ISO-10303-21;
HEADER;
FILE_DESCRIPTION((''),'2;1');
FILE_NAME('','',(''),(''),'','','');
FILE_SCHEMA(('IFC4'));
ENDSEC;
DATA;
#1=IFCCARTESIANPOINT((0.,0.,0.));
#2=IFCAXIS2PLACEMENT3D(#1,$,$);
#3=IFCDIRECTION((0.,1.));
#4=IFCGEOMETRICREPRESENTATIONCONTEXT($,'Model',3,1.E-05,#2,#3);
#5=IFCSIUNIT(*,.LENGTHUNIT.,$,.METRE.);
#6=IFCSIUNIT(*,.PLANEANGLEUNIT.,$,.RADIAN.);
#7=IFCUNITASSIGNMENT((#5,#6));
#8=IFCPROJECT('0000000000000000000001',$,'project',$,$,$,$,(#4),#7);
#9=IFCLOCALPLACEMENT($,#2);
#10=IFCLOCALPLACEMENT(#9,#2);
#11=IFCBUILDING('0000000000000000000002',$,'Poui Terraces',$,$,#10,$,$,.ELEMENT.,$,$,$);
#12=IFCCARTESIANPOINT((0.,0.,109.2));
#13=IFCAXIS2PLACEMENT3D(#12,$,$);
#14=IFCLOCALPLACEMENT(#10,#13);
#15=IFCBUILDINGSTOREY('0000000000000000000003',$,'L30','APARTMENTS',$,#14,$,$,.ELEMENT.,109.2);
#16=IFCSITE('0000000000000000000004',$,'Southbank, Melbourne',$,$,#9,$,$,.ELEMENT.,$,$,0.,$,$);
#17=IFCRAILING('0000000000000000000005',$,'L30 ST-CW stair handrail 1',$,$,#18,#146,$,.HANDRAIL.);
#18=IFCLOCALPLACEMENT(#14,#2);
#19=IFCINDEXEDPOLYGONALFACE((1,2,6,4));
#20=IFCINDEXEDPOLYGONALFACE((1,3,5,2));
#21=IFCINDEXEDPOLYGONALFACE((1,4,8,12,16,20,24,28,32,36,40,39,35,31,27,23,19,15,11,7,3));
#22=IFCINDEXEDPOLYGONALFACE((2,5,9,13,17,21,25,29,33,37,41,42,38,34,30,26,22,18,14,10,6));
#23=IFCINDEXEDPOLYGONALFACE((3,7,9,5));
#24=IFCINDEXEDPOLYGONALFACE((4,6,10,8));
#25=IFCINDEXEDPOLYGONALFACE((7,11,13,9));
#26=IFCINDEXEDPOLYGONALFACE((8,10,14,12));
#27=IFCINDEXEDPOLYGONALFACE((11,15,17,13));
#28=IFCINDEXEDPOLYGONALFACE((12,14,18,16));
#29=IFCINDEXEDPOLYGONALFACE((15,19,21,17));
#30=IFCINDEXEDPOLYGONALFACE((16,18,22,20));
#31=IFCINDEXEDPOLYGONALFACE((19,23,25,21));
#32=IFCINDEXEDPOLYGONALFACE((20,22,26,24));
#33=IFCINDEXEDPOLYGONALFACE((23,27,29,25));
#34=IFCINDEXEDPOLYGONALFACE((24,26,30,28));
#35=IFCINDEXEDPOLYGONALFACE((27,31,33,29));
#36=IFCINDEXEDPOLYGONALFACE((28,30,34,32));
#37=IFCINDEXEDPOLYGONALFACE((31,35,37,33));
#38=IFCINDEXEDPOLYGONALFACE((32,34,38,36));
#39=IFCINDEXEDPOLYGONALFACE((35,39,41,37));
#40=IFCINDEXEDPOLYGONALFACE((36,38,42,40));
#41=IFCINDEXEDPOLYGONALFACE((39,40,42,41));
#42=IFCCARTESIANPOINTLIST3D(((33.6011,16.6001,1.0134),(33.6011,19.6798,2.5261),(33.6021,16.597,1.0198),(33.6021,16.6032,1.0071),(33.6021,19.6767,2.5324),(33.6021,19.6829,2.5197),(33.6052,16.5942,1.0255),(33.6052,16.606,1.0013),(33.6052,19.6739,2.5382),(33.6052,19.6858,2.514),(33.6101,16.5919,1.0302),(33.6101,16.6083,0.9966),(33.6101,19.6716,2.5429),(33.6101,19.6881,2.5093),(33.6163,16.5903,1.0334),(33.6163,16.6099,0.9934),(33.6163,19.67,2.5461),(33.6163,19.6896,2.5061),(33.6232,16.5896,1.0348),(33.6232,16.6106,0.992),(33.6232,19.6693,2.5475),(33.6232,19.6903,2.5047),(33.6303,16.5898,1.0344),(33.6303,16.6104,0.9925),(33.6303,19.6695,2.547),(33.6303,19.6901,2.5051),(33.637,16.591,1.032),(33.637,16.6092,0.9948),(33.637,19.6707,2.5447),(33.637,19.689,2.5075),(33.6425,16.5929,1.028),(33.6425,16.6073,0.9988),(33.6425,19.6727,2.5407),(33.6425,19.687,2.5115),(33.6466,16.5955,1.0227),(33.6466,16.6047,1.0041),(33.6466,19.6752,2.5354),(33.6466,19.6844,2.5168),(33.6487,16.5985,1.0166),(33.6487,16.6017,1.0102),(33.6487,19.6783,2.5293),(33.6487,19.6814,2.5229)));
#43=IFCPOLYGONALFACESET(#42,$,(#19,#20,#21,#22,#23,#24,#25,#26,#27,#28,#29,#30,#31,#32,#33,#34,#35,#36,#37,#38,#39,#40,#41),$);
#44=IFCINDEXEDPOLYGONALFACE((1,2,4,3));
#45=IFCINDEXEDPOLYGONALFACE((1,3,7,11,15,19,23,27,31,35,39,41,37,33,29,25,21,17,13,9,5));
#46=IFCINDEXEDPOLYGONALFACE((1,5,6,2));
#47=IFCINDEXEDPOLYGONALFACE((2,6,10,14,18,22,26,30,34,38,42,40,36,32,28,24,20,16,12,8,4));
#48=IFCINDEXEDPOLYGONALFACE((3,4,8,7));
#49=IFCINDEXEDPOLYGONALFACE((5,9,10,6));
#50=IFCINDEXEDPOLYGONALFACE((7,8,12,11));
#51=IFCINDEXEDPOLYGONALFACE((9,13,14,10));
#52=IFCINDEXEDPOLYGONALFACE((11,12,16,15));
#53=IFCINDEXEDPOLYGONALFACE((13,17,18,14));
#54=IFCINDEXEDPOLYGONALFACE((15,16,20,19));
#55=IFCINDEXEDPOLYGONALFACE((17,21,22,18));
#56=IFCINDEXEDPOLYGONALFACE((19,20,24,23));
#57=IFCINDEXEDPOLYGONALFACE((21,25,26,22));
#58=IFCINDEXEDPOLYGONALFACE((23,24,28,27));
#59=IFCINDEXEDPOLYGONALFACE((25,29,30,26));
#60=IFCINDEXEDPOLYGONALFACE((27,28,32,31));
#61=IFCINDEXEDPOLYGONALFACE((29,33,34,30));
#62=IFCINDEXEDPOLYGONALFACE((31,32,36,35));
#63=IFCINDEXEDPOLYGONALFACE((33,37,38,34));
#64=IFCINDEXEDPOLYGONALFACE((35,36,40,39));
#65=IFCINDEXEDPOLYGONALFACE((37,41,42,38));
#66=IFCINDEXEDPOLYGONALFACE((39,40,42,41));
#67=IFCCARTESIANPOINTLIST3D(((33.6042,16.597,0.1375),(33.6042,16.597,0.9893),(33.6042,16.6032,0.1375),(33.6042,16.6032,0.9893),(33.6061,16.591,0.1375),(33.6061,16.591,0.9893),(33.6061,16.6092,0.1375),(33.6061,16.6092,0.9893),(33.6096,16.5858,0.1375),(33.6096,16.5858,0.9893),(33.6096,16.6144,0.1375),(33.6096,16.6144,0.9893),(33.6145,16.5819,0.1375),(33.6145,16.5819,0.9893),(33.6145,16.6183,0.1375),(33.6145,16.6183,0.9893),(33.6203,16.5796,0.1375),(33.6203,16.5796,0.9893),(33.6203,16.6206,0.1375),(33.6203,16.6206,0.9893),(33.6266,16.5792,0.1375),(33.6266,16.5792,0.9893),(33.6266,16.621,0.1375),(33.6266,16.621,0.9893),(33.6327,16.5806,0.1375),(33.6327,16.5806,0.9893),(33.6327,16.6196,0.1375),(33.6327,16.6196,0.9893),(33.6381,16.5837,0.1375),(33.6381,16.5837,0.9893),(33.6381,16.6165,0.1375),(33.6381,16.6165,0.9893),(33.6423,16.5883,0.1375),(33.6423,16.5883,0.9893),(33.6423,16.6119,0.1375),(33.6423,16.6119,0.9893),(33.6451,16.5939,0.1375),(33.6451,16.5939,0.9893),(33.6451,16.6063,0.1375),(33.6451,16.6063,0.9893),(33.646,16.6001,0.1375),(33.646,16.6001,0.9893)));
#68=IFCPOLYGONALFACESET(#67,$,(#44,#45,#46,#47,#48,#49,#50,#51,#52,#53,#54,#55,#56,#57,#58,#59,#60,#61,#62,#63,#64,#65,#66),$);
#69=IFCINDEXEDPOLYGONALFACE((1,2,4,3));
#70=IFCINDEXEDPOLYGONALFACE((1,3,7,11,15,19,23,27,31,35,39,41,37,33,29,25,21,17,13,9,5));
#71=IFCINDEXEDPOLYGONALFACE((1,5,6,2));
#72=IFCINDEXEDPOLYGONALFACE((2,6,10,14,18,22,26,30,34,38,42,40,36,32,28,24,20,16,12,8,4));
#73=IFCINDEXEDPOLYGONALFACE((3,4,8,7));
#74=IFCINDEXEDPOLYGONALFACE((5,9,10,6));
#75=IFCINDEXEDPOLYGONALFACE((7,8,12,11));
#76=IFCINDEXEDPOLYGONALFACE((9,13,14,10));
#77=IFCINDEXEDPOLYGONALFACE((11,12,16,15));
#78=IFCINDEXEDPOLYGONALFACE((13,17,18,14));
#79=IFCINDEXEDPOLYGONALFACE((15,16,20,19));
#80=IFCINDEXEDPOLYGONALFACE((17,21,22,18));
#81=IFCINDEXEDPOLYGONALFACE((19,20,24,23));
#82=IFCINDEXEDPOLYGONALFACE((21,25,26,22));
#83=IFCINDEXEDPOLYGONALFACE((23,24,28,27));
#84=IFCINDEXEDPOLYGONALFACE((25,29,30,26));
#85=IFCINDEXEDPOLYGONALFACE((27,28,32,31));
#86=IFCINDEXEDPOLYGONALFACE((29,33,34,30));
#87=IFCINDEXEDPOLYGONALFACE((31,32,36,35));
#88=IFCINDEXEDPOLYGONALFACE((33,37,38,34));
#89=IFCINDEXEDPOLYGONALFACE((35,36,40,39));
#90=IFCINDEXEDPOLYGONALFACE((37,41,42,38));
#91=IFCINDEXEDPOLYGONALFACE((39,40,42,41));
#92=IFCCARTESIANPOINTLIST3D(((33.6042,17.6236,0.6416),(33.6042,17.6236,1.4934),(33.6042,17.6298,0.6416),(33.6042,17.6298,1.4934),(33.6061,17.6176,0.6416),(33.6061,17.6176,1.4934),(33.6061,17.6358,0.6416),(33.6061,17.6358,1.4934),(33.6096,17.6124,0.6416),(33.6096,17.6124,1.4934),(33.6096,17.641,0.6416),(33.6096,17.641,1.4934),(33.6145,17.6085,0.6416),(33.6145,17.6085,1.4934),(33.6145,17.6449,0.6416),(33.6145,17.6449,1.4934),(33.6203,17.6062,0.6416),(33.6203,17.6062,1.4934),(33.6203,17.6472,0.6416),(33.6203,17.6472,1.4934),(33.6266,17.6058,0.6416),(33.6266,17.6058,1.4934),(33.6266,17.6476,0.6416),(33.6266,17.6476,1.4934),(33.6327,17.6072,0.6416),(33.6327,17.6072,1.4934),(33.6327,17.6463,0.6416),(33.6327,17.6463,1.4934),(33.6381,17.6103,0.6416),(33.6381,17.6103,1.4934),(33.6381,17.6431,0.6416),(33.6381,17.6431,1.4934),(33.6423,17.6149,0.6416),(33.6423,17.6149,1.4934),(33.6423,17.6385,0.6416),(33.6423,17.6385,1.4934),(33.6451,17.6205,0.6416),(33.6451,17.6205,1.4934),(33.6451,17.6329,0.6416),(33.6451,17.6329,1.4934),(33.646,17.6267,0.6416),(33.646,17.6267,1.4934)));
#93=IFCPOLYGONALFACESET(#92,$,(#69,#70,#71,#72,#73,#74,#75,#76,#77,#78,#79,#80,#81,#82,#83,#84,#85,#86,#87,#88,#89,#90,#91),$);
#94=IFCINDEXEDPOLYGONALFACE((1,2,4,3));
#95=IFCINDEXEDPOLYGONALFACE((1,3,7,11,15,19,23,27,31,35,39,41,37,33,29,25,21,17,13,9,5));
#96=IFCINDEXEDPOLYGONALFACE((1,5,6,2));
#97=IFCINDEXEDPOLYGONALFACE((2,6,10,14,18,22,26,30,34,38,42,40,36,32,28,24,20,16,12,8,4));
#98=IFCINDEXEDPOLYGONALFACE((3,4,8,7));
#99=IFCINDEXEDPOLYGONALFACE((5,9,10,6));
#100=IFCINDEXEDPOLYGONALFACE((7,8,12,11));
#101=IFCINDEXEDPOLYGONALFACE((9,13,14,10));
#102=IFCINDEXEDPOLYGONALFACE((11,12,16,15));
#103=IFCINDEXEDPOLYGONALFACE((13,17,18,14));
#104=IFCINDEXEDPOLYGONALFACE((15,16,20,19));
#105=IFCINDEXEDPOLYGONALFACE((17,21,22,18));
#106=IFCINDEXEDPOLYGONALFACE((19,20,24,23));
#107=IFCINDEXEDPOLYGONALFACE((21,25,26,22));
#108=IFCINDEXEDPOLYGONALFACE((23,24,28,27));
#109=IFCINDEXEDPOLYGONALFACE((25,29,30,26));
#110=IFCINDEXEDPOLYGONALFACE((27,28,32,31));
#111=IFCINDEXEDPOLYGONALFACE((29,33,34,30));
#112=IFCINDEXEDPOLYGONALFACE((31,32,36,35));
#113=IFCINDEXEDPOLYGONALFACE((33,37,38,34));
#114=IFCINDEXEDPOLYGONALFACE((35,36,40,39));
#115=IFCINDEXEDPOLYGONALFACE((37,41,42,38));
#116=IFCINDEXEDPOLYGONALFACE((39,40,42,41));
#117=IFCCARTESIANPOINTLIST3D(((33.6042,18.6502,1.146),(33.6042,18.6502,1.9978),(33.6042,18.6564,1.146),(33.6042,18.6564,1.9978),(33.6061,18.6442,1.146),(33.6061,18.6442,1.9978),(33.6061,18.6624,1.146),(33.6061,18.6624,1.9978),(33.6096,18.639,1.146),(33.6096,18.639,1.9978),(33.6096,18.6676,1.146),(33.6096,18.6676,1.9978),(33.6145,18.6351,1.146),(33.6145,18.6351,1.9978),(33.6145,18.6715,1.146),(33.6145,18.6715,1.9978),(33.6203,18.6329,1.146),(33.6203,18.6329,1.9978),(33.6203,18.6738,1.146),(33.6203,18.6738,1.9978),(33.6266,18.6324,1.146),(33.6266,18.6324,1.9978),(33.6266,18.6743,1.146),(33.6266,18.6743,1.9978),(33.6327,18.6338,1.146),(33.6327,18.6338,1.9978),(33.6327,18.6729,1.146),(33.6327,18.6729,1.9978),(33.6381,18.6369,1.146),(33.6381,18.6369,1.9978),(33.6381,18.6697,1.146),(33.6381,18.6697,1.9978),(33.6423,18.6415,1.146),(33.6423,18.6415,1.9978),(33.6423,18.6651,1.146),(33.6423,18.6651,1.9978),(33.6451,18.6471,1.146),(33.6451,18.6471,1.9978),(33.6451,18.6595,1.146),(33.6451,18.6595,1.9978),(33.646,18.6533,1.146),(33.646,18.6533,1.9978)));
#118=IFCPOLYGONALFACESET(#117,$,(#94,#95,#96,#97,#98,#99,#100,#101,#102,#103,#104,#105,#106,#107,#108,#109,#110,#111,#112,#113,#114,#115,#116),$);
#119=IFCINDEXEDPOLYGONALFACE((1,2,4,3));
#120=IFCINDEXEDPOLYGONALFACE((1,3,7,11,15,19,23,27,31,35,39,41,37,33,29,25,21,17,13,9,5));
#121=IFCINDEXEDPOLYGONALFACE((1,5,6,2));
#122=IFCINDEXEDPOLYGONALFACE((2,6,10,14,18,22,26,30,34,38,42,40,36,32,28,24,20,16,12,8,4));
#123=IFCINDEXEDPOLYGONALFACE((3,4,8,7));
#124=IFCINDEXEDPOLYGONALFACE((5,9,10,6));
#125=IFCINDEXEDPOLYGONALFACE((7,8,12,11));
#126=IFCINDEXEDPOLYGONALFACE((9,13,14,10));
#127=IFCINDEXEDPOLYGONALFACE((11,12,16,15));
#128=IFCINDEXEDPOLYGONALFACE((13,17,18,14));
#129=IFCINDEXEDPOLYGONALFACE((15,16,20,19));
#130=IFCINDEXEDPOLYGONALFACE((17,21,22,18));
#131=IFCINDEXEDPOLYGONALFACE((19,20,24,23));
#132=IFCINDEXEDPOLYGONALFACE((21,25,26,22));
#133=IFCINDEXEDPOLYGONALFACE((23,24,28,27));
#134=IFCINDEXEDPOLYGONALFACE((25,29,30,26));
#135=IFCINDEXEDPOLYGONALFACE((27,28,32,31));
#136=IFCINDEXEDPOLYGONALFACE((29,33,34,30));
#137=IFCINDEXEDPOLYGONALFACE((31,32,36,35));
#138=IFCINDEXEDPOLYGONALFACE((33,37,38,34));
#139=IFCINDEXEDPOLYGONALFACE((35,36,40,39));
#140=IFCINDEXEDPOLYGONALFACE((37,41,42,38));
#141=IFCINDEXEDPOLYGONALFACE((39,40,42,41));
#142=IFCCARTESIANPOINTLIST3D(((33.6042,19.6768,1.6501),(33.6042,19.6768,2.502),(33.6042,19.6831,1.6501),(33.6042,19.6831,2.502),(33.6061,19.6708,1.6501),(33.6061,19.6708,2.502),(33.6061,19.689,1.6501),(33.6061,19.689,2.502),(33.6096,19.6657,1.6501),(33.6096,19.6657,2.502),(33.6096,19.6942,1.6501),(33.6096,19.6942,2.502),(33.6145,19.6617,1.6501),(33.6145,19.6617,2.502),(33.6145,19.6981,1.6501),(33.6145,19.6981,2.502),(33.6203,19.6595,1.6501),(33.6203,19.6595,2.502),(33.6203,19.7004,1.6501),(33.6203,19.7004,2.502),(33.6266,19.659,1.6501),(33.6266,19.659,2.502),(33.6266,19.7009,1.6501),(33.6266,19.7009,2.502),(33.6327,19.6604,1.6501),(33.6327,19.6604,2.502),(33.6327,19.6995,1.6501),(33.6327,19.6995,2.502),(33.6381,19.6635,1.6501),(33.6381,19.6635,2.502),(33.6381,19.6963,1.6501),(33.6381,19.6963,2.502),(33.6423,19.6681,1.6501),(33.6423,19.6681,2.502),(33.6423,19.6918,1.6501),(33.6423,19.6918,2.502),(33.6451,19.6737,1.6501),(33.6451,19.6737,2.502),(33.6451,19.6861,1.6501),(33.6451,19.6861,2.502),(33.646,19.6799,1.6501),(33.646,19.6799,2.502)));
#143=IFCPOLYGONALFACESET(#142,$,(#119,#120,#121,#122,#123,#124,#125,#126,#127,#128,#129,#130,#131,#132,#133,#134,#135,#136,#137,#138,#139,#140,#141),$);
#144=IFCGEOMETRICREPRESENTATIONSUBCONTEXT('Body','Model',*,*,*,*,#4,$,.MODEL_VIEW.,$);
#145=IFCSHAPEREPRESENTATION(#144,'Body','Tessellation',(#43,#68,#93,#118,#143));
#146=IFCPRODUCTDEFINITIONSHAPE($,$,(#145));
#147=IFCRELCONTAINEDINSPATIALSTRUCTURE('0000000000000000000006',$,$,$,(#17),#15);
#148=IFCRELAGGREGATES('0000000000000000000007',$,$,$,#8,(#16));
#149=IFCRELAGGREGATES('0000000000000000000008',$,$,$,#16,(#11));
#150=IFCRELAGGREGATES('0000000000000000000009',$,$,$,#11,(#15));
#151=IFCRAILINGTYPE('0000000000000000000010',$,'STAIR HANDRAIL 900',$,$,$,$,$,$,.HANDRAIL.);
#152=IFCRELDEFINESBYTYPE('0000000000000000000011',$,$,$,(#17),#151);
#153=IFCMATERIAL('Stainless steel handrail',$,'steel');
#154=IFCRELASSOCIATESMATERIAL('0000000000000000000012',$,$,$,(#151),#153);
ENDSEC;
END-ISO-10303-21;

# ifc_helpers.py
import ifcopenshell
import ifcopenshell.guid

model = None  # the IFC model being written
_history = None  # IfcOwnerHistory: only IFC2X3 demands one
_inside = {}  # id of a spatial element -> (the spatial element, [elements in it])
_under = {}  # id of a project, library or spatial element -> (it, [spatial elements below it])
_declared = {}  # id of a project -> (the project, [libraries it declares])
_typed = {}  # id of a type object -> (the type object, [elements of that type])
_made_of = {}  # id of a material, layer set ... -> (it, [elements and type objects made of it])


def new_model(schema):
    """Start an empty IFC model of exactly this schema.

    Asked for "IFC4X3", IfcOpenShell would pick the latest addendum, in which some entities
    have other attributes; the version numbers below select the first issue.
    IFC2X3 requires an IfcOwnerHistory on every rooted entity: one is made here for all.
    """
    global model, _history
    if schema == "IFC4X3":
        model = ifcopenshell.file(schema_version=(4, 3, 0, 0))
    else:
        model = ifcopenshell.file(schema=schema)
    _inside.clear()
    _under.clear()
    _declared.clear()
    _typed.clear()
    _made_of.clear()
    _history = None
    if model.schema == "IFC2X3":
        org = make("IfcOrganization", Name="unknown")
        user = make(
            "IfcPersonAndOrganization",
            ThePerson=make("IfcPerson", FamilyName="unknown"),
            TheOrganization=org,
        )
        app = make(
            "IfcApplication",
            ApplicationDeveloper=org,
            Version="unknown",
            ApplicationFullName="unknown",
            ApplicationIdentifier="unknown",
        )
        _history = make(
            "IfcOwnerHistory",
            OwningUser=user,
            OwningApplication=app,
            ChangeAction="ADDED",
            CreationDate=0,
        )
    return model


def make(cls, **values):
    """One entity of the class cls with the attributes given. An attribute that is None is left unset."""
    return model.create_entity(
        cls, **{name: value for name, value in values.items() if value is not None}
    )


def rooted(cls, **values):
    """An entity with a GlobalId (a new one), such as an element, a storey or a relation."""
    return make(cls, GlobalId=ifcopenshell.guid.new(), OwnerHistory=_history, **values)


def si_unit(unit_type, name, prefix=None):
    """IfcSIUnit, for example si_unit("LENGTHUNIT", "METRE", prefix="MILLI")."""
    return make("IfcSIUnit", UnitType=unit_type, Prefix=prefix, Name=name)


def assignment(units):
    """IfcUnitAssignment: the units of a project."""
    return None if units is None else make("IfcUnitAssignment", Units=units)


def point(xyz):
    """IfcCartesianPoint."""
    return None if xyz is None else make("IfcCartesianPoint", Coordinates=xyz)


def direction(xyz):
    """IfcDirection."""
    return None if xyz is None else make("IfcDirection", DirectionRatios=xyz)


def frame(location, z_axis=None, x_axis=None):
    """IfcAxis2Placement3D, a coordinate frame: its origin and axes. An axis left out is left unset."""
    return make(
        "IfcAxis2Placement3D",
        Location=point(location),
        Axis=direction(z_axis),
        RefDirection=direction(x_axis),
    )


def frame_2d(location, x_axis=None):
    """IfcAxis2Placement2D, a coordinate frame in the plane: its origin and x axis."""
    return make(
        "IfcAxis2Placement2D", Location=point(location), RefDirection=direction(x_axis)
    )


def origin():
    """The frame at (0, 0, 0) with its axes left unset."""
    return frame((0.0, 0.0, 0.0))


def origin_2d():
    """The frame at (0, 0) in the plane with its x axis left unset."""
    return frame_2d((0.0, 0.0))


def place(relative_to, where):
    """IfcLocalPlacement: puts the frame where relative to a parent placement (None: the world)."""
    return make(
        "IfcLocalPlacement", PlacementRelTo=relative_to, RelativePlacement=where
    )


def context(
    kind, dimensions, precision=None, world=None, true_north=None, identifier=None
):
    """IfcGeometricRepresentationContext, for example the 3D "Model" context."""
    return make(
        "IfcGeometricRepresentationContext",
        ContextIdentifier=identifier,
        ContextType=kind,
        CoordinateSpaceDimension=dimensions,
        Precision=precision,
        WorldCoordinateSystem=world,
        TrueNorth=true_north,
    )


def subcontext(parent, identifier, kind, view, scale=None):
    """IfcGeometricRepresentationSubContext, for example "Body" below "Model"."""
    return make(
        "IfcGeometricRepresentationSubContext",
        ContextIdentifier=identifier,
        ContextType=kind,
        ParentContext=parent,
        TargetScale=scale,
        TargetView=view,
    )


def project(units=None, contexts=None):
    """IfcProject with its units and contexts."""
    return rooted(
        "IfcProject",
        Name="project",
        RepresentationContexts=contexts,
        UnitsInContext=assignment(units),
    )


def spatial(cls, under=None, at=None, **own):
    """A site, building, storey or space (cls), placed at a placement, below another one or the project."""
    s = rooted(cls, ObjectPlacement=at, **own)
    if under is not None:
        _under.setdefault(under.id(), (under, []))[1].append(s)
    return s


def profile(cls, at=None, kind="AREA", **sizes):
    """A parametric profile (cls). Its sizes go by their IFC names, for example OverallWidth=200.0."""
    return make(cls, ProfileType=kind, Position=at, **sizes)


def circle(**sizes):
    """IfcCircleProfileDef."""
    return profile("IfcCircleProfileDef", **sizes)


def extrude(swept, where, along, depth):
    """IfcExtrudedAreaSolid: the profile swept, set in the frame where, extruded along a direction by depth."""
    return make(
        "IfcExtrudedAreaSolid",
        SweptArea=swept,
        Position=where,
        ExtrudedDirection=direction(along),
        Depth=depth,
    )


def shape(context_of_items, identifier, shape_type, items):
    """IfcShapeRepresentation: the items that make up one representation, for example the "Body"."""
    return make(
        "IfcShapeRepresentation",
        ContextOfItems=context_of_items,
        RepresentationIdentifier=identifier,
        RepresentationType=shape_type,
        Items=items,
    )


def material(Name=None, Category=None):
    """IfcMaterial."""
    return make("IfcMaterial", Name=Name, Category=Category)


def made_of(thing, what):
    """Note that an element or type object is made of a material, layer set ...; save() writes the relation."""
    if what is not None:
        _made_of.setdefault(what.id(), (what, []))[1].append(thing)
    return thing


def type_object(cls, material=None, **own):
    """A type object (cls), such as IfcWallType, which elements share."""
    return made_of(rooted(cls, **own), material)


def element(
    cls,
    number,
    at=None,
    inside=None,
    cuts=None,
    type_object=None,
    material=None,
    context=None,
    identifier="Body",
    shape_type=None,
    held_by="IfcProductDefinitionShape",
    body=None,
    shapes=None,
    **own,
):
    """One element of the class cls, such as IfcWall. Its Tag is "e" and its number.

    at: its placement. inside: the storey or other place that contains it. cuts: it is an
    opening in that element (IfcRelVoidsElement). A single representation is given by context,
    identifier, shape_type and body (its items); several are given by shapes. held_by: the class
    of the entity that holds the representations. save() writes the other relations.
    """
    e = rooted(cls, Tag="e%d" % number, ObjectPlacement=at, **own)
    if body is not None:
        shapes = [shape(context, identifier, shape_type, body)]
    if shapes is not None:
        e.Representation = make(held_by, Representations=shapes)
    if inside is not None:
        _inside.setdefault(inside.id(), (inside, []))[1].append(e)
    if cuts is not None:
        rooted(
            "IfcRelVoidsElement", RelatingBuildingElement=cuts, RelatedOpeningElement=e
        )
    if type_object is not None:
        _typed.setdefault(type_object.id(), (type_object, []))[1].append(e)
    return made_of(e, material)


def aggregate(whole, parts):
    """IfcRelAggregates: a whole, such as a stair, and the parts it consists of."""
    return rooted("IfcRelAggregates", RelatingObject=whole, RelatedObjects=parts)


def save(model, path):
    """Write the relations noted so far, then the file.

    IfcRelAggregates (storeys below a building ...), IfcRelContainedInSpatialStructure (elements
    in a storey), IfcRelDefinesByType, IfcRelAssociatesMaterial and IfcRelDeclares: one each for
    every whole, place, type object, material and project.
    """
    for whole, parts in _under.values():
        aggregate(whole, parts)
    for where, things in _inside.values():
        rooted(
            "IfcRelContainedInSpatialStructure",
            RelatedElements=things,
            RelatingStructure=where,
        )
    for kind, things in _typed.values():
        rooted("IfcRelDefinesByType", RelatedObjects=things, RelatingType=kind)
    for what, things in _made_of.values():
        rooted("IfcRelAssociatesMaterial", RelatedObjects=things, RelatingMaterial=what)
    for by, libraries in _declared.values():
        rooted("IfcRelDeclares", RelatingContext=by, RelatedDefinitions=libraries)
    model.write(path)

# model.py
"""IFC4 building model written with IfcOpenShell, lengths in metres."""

from ifc_helpers import new_model, si_unit, direction, frame, origin, origin_2d, place, context, subcontext, project, spatial, circle, extrude, material, type_object, element, save


model = new_model("IFC4")

# Units and contexts
model_context = context("Model", 3, precision=1e-05, world=origin(), true_north=direction((0.0, 1.0)))
body_context = subcontext(model_context, "Body", "Model", "MODEL_VIEW")
ifc_project = project(units=[si_unit("LENGTHUNIT", "METRE"), si_unit("PLANEANGLEUNIT", "RADIAN")], contexts=[model_context])

# Site, building, storey
site_placement = place(None, origin())
site = spatial("IfcSite", under=ifc_project, at=site_placement, Name="Southbank, Melbourne", CompositionType="ELEMENT", RefElevation=0.0)
building_placement = place(site_placement, origin())
building = spatial("IfcBuilding", under=site, at=building_placement, Name="Poui Terraces", CompositionType="ELEMENT")
storey_placement = place(building_placement, frame((0.0, 0.0, 109.2)))
storey = spatial("IfcBuildingStorey", under=building, at=storey_placement, Name="L30", Description="APARTMENTS", CompositionType="ELEMENT", Elevation=109.2)

# Railing
ifc_material_1 = material(Name="Stainless steel handrail", Category="steel")
railing_type_1 = type_object("IfcRailingType", Name="STAIR HANDRAIL 900", PredefinedType="HANDRAIL", material=ifc_material_1)
railing_1_placement = place(storey_placement, frame((33.625, 16.6001, 0.1375)))
element("IfcRailing", 1, at=railing_1_placement, inside=storey, type_object=railing_type_1, Name="L30 ST-CW stair handrail 1", PredefinedType="HANDRAIL", context=body_context, shape_type="SweptSolid", body=[
    extrude(circle(Radius=0.0239, at=origin_2d()), frame((0.0, 0.0, 0.876), z_axis=(0.0, 0.897578, 0.440856), x_axis=(-1.0, 0.0, 0.0)), (0.0, 0.0, 1.0), 3.4312),
    extrude(circle(Radius=0.021, at=origin_2d()), origin(), (0.0, 0.0, 1.0), 0.8518),
    extrude(circle(Radius=0.021, at=origin_2d()), frame((0.0, 1.0266, 0.5042)), (0.0, 0.0, 1.0), 0.8518),
    extrude(circle(Radius=0.021, at=origin_2d()), frame((0.0, 2.0532, 1.0085)), (0.0, 0.0, 1.0), 0.8518),
    extrude(circle(Radius=0.021, at=origin_2d()), frame((0.0, 3.0798, 1.5127)), (0.0, 0.0, 1.0), 0.8518),
])

save(model, "model.ifc")
